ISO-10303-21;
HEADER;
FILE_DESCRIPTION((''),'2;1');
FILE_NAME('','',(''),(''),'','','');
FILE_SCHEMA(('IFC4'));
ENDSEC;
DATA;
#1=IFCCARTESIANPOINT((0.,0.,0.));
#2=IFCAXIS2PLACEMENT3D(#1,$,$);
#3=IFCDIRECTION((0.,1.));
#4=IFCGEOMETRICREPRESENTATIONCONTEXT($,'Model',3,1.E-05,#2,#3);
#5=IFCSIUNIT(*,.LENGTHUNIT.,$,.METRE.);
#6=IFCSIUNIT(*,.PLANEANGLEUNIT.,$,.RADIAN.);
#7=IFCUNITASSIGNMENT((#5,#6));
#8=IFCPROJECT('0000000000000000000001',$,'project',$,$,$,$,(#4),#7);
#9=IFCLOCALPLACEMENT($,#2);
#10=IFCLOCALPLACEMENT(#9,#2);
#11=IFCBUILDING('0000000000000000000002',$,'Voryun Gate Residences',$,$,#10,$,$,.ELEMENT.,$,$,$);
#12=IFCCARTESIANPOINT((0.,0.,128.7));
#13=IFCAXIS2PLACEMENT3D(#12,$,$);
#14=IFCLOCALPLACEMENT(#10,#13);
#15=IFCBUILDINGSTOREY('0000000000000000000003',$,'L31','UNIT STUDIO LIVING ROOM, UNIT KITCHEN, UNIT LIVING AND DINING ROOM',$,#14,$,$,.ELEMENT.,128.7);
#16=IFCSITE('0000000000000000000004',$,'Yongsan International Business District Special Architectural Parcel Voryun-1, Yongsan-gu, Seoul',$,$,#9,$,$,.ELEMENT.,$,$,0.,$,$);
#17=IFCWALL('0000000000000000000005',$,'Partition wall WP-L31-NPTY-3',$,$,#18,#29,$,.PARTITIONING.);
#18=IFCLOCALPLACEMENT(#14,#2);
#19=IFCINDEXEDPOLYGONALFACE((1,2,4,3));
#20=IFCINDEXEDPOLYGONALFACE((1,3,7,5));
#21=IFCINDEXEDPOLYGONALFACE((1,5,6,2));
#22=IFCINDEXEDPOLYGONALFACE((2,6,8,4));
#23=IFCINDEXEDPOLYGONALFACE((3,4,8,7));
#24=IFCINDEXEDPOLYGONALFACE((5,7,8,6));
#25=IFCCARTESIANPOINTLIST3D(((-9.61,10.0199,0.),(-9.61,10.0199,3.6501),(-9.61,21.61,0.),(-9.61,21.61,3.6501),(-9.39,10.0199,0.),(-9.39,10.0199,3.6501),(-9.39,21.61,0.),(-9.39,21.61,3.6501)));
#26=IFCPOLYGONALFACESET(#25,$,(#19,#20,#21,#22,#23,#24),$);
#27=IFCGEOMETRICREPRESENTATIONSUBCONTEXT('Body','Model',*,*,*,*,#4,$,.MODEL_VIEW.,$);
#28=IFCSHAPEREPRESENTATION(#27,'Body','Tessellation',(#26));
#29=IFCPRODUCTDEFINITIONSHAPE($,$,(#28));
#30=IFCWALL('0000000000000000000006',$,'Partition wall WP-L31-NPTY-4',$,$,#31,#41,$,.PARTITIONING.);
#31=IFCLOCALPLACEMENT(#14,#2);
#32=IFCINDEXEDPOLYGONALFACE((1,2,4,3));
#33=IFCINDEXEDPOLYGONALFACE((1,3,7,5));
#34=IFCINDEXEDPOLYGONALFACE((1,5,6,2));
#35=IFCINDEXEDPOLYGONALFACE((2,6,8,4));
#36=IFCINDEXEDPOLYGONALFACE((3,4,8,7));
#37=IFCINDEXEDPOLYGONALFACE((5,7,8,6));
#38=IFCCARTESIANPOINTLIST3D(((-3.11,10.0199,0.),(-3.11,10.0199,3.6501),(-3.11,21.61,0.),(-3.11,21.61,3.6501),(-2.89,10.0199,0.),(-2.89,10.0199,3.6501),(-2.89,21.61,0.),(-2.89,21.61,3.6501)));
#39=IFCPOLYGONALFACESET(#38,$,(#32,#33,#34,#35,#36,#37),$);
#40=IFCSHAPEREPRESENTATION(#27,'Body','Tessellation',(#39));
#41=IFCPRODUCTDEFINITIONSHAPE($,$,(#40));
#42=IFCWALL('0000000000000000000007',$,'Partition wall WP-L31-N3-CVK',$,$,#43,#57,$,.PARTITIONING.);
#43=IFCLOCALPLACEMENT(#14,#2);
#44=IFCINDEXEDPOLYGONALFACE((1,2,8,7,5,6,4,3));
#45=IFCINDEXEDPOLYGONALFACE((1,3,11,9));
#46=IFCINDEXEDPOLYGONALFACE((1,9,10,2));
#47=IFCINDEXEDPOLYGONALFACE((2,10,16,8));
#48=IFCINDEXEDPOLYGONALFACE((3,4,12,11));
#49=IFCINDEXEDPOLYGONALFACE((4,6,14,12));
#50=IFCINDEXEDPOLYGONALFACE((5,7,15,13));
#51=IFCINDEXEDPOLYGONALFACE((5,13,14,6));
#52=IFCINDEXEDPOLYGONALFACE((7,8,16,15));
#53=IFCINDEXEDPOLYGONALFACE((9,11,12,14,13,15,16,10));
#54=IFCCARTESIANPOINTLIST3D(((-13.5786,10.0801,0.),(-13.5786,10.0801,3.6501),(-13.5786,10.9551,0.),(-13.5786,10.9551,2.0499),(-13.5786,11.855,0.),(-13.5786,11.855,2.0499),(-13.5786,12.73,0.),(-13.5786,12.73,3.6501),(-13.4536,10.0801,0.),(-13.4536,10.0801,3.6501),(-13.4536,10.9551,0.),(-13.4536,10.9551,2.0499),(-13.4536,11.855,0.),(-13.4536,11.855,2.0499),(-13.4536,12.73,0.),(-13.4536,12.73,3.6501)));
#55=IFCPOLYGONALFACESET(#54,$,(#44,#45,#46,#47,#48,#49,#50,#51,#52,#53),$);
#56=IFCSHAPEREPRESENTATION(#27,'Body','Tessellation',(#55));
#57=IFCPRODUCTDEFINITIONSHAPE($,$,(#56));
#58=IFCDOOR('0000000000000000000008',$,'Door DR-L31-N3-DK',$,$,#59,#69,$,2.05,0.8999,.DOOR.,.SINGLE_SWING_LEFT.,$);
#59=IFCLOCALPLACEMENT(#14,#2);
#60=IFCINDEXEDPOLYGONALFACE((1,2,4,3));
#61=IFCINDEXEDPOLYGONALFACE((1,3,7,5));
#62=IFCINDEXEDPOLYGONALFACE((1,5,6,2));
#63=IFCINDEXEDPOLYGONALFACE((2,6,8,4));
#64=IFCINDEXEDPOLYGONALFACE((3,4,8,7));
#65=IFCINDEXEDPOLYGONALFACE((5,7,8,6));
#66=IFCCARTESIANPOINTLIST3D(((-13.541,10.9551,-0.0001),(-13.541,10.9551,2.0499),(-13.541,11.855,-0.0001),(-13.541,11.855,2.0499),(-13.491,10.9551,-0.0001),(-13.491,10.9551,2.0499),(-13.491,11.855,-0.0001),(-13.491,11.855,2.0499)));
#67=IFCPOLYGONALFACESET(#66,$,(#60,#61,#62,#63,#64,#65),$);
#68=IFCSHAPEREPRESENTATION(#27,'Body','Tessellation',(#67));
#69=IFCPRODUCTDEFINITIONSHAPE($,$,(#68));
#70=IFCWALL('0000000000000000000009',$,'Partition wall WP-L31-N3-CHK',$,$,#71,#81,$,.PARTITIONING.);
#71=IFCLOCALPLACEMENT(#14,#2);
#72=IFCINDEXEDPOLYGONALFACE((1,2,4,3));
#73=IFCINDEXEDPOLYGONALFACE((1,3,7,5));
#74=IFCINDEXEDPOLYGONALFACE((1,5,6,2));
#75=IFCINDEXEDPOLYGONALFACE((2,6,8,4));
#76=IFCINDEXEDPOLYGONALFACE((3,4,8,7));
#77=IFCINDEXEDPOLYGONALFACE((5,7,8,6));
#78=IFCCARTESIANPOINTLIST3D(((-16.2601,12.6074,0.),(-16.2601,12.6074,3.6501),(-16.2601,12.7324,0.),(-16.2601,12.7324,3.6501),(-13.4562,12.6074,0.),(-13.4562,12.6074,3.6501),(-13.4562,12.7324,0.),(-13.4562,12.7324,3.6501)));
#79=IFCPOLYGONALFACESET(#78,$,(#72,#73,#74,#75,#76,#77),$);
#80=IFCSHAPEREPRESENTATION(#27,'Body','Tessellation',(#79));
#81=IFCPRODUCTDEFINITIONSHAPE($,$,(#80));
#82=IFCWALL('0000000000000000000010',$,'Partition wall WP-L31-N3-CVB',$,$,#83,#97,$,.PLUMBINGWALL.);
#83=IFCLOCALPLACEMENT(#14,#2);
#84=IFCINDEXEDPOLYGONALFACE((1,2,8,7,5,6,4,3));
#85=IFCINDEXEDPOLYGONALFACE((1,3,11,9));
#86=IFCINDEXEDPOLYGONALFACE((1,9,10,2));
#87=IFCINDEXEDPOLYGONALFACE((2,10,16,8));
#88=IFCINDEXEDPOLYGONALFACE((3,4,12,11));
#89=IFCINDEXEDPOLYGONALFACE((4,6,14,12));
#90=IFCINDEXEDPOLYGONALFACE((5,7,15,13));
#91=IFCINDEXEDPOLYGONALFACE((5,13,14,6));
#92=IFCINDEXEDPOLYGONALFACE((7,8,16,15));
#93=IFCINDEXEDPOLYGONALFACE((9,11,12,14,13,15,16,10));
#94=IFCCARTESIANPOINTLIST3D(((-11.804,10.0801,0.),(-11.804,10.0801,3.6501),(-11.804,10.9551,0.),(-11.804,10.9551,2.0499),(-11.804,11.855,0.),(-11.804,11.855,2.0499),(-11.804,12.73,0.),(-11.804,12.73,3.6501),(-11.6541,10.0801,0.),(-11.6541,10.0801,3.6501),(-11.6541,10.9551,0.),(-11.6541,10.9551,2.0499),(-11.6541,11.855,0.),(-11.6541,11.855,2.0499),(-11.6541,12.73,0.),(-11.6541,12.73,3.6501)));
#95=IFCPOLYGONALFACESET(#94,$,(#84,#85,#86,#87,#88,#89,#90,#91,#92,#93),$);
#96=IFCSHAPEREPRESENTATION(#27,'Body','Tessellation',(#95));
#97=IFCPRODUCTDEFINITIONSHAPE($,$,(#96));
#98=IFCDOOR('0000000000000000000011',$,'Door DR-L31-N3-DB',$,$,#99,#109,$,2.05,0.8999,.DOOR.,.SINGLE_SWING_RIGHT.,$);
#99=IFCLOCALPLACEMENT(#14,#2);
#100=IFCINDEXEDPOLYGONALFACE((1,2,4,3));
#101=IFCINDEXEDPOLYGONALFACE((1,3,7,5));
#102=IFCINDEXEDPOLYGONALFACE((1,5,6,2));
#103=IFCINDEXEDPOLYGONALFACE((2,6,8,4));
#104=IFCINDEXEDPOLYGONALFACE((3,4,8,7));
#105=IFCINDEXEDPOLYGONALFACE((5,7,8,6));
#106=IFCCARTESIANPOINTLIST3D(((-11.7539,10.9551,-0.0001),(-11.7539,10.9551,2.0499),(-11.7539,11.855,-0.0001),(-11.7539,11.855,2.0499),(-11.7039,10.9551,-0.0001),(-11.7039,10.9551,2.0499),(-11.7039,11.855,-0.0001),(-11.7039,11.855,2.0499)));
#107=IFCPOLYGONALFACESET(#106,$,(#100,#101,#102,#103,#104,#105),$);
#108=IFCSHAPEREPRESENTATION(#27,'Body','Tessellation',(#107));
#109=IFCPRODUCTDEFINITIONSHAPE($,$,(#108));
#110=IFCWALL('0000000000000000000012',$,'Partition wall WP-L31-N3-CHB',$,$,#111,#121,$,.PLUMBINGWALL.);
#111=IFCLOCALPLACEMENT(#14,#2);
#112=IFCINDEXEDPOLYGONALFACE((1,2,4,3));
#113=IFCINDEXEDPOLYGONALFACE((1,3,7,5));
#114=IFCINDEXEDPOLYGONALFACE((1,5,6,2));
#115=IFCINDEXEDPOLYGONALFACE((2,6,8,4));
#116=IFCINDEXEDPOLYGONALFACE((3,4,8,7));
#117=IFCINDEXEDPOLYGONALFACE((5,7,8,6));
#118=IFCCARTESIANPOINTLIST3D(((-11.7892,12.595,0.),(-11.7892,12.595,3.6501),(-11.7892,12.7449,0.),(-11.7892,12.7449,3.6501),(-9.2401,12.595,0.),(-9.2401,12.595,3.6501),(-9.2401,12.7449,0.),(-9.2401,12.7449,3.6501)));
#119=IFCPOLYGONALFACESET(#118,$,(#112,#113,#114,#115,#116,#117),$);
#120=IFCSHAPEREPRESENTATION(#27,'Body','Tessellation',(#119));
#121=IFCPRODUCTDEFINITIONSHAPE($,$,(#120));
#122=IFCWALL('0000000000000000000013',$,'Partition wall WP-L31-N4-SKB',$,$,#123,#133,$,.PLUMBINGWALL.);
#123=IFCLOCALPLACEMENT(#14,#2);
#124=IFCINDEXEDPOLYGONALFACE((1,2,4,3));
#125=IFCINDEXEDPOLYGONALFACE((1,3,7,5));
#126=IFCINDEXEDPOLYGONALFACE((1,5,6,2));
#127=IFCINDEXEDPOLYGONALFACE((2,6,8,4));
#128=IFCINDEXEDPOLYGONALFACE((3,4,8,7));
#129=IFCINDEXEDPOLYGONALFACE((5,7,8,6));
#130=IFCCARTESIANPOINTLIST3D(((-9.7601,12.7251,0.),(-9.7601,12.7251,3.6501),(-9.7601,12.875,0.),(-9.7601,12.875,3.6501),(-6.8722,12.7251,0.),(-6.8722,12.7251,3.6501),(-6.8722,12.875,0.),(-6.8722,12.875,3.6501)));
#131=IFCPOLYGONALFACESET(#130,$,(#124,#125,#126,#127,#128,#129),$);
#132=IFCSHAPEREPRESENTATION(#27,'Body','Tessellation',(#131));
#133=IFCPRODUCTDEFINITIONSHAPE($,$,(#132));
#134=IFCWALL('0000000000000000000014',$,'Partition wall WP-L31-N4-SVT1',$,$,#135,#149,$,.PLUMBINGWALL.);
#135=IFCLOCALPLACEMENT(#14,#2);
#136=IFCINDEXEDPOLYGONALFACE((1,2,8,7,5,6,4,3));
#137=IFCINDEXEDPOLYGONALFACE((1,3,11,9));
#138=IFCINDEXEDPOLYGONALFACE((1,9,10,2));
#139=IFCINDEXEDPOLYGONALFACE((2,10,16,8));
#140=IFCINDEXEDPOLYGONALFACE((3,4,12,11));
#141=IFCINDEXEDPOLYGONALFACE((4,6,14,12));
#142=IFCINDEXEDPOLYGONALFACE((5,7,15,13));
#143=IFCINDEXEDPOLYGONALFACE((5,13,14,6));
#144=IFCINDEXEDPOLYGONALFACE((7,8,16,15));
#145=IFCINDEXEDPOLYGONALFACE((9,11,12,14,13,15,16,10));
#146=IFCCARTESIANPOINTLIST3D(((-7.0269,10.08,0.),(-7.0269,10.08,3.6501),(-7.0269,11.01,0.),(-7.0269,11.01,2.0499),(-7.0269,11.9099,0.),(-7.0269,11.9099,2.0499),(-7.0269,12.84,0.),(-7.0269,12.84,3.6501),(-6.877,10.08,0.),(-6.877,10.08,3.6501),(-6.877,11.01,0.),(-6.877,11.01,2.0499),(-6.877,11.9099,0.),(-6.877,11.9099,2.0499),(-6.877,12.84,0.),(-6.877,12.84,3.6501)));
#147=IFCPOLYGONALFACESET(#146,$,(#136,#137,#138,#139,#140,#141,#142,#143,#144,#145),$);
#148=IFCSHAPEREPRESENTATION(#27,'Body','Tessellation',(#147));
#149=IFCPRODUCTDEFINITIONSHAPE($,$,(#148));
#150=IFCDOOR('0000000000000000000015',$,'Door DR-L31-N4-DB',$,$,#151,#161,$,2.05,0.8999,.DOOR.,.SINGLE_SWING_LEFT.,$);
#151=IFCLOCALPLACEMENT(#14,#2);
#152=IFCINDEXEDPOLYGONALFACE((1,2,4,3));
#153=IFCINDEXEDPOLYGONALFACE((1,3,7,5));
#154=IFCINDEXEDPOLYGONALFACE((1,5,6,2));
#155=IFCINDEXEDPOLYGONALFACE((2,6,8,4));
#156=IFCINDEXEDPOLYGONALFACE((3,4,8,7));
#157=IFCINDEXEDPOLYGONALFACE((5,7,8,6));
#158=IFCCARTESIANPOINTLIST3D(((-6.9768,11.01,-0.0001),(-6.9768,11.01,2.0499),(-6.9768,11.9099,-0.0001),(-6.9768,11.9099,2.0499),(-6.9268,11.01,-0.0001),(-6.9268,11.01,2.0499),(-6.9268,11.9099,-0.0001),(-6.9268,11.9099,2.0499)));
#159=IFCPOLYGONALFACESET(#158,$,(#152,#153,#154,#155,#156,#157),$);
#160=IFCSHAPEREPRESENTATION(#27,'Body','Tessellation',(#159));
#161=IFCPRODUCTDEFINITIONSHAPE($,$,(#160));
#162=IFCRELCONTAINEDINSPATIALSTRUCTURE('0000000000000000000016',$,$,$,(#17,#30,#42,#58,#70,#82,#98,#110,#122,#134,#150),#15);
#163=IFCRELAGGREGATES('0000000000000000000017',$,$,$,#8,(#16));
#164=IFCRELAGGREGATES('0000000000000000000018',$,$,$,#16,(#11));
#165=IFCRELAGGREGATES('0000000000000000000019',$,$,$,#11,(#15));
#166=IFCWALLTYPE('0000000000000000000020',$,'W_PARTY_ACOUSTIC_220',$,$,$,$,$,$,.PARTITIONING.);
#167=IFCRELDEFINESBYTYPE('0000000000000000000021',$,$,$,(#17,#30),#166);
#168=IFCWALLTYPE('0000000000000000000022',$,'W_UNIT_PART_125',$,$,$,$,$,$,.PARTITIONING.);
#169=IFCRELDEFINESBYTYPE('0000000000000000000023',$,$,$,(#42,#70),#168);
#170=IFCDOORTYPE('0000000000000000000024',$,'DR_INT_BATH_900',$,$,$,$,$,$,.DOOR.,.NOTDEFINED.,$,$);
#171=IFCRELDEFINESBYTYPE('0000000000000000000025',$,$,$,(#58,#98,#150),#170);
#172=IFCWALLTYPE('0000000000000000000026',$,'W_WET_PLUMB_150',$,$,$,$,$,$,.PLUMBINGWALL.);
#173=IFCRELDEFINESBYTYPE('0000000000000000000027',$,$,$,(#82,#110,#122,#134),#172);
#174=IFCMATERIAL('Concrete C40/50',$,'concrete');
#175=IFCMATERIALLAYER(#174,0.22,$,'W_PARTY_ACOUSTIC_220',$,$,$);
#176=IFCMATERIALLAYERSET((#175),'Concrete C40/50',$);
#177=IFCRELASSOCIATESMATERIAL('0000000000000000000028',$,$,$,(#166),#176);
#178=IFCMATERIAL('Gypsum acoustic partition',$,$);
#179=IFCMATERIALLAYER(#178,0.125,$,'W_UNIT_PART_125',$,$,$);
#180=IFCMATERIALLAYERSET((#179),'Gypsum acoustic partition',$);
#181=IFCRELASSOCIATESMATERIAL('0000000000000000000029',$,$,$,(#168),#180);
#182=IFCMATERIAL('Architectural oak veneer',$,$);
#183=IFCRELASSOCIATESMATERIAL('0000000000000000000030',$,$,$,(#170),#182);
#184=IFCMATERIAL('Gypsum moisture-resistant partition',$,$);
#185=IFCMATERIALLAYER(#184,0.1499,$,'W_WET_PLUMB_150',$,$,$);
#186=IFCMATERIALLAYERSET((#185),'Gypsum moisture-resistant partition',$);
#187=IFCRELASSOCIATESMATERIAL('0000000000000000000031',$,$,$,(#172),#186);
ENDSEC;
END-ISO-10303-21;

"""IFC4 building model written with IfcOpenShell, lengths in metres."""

from ifc_helpers import new_model, si_unit, direction, frame, frame_2d, origin, place, context, subcontext, project, spatial, rectangle, extrude, material, layer, layer_set, type_object, element, fill, save


model = new_model("IFC4")

# Units and contexts
model_context = context("Model", 3, precision=1e-05, world=origin(), true_north=direction((0.0, 1.0)))
body_context = subcontext(model_context, "Body", "Model", "MODEL_VIEW")
ifc_project = project(units=[si_unit("LENGTHUNIT", "METRE"), si_unit("PLANEANGLEUNIT", "RADIAN")], contexts=[model_context])

# Site, building, storey
site_placement = place(None, origin())
site = spatial("IfcSite", under=ifc_project, at=site_placement, Name="Yongsan International Business District Special Architectural Parcel Voryun-1, Yongsan-gu, Seoul", CompositionType="ELEMENT", RefElevation=0.0)
building_placement = place(site_placement, origin())
building = spatial("IfcBuilding", under=site, at=building_placement, Name="Voryun Gate Residences", CompositionType="ELEMENT")
storey_placement = place(building_placement, frame((0.0, 0.0, 128.7)))
storey = spatial("IfcBuildingStorey", under=building, at=storey_placement, Name="L31", Description="UNIT STUDIO LIVING ROOM, UNIT KITCHEN, UNIT LIVING AND DINING ROOM", CompositionType="ELEMENT", Elevation=128.7)

# Walls
ifc_material_1 = material(Name="Concrete C40/50", Category="concrete")
ifc_layer_1 = layer(ifc_material_1, 0.22, Name="W_PARTY_ACOUSTIC_220")
ifc_layer_set_1 = layer_set([ifc_layer_1], Name="Concrete C40/50")
wall_type_1 = type_object("IfcWallType", Name="W_PARTY_ACOUSTIC_220", PredefinedType="PARTITIONING", material=ifc_layer_set_1)
for number, where, z_axis, x_axis, name in (
    (1, (-9.5, 10.02, 0.0), (0.0, 0.0, 1.0), (0.0, 1.0, 0.0), "Partition wall WP-L31-NPTY-3"),
    (2, (-3.0, 10.02, 0.0), (0.0, 0.0, 1.0), (0.0, 1.0, 0.0), "Partition wall WP-L31-NPTY-4"),
):
    element("IfcWall", number, at=place(storey_placement, frame(where, z_axis=z_axis, x_axis=x_axis)), inside=storey, type_object=wall_type_1, Name=name, PredefinedType="PARTITIONING", context=body_context, shape_type="SweptSolid", body=[
        extrude(rectangle(XDim=11.5901, YDim=0.22, at=frame_2d((5.7949, 0.0))), origin(), (0.0, 0.0, 1.0), 3.6501),
    ])

# Wall, opening, door
ifc_material_2 = material(Name="Gypsum acoustic partition")
ifc_layer_2 = layer(ifc_material_2, 0.125, Name="W_UNIT_PART_125")
ifc_layer_set_2 = layer_set([ifc_layer_2], Name="Gypsum acoustic partition")
wall_type_2 = type_object("IfcWallType", Name="W_UNIT_PART_125", PredefinedType="PARTITIONING", material=ifc_layer_set_2)
wall_1_placement = place(storey_placement, frame((-13.5161, 10.0801, 0.0), z_axis=(0.0, 0.0, 1.0), x_axis=(0.0, 1.0, 0.0)))
wall_1 = element("IfcWall", 3, at=wall_1_placement, inside=storey, type_object=wall_type_2, Name="Partition wall WP-L31-N3-CVK", PredefinedType="PARTITIONING", context=body_context, shape_type="SweptSolid", body=[
    extrude(rectangle(XDim=2.6499, YDim=0.125, at=frame_2d((1.325, 0.0))), origin(), (0.0, 0.0, 1.0), 3.6501),
])
opening_1_placement = place(wall_1_placement, frame((0.875, 0.0, 0.0)))
opening_1 = element("IfcOpeningElement", 4, at=opening_1_placement, cuts=wall_1, PredefinedType="OPENING", context=body_context, shape_type="SweptSolid", body=[
    extrude(rectangle(XDim=0.8999, YDim=2.05, at=frame_2d((0.45, 1.0249))), frame((0.0, 0.0725, 0.0), z_axis=(0.0, -1.0, 0.0), x_axis=(1.0, 0.0, 0.0)), (0.0, 0.0, 1.0), 0.145),
])
ifc_material_3 = material(Name="Architectural oak veneer")
door_type_1 = type_object("IfcDoorType", Name="DR_INT_BATH_900", OperationType="NOTDEFINED", PredefinedType="DOOR", material=ifc_material_3)
door_1_placement = place(opening_1_placement, origin())
door_1 = element("IfcDoor", 5, at=door_1_placement, inside=storey, type_object=door_type_1, Name="Door DR-L31-N3-DK", OperationType="SINGLE_SWING_LEFT", OverallHeight=2.05, OverallWidth=0.8999, PredefinedType="DOOR", context=body_context, shape_type="SweptSolid", body=[
    extrude(rectangle(XDim=0.8999, YDim=2.05, at=frame_2d((0.45, 1.0249))), frame((0.0, 0.0249, 0.0), z_axis=(0.0, -1.0, 0.0), x_axis=(1.0, 0.0, 0.0)), (0.0, 0.0, 1.0), 0.05),
])
fill(opening_1, door_1)

# Wall
wall_2_placement = place(storey_placement, frame((-16.26, 12.6699, 0.0), z_axis=(0.0, 0.0, 1.0), x_axis=(1.0, 0.0, 0.0)))
element("IfcWall", 6, at=wall_2_placement, inside=storey, type_object=wall_type_2, Name="Partition wall WP-L31-N3-CHK", PredefinedType="PARTITIONING", context=body_context, shape_type="SweptSolid", body=[
    extrude(rectangle(XDim=2.804, YDim=0.125, at=frame_2d((1.4019, 0.0))), origin(), (0.0, 0.0, 1.0), 3.6501),
])

# Wall, opening, door
ifc_material_4 = material(Name="Gypsum moisture-resistant partition")
ifc_layer_3 = layer(ifc_material_4, 0.1499, Name="W_WET_PLUMB_150")
ifc_layer_set_3 = layer_set([ifc_layer_3], Name="Gypsum moisture-resistant partition")
wall_type_3 = type_object("IfcWallType", Name="W_WET_PLUMB_150", PredefinedType="PLUMBINGWALL", material=ifc_layer_set_3)
wall_3_placement = place(storey_placement, frame((-11.729, 10.0801, 0.0), z_axis=(0.0, 0.0, 1.0), x_axis=(0.0, 1.0, 0.0)))
wall_3 = element("IfcWall", 7, at=wall_3_placement, inside=storey, type_object=wall_type_3, Name="Partition wall WP-L31-N3-CVB", PredefinedType="PLUMBINGWALL", context=body_context, shape_type="SweptSolid", body=[
    extrude(rectangle(XDim=2.6499, YDim=0.1499, at=frame_2d((1.325, 0.0))), origin(), (0.0, 0.0, 1.0), 3.6501),
])
opening_2_placement = place(wall_3_placement, frame((0.875, 0.0, 0.0)))
opening_2 = element("IfcOpeningElement", 8, at=opening_2_placement, cuts=wall_3, PredefinedType="OPENING", context=body_context, shape_type="SweptSolid", body=[
    extrude(rectangle(XDim=0.8999, YDim=2.05, at=frame_2d((0.45, 1.0249))), frame((0.0, 0.085, 0.0), z_axis=(0.0, -1.0, 0.0), x_axis=(1.0, 0.0, 0.0)), (0.0, 0.0, 1.0), 0.1699),
])
door_2_placement = place(opening_2_placement, origin())
door_2 = element("IfcDoor", 9, at=door_2_placement, inside=storey, type_object=door_type_1, Name="Door DR-L31-N3-DB", OperationType="SINGLE_SWING_RIGHT", OverallHeight=2.05, OverallWidth=0.8999, PredefinedType="DOOR", context=body_context, shape_type="SweptSolid", body=[
    extrude(rectangle(XDim=0.8999, YDim=2.05, at=frame_2d((0.45, 1.0249))), frame((0.0, 0.0249, 0.0), z_axis=(0.0, -1.0, 0.0), x_axis=(1.0, 0.0, 0.0)), (0.0, 0.0, 1.0), 0.05),
])
fill(opening_2, door_2)

# Walls
wall_4_placement = place(storey_placement, frame((-11.7891, 12.6699, 0.0), z_axis=(0.0, 0.0, 1.0), x_axis=(1.0, 0.0, 0.0)))
element("IfcWall", 10, at=wall_4_placement, inside=storey, type_object=wall_type_3, Name="Partition wall WP-L31-N3-CHB", PredefinedType="PLUMBINGWALL", context=body_context, shape_type="SweptSolid", body=[
    extrude(rectangle(XDim=2.5491, YDim=0.1499, at=frame_2d((1.2744, 0.0))), origin(), (0.0, 0.0, 1.0), 3.6501),
])
wall_5_placement = place(storey_placement, frame((-9.76, 12.8, 0.0), z_axis=(0.0, 0.0, 1.0), x_axis=(1.0, 0.0, 0.0)))
element("IfcWall", 11, at=wall_5_placement, inside=storey, type_object=wall_type_3, Name="Partition wall WP-L31-N4-SKB", PredefinedType="PLUMBINGWALL", context=body_context, shape_type="SweptSolid", body=[
    extrude(rectangle(XDim=2.8879, YDim=0.1499, at=frame_2d((1.4438, 0.0))), origin(), (0.0, 0.0, 1.0), 3.6501),
])

# Wall, opening, door
wall_6_placement = place(storey_placement, frame((-6.9519, 10.0801, 0.0), z_axis=(0.0, 0.0, 1.0), x_axis=(0.0, 1.0, 0.0)))
wall_6 = element("IfcWall", 12, at=wall_6_placement, inside=storey, type_object=wall_type_3, Name="Partition wall WP-L31-N4-SVT1", PredefinedType="PLUMBINGWALL", context=body_context, shape_type="SweptSolid", body=[
    extrude(rectangle(XDim=2.76, YDim=0.1499, at=frame_2d((1.3799, 0.0))), origin(), (0.0, 0.0, 1.0), 3.6501),
])
opening_3_placement = place(wall_6_placement, frame((0.9299, 0.0, 0.0)))
opening_3 = element("IfcOpeningElement", 13, at=opening_3_placement, cuts=wall_6, PredefinedType="OPENING", context=body_context, shape_type="SweptSolid", body=[
    extrude(rectangle(XDim=0.8999, YDim=2.05, at=frame_2d((0.45, 1.0249))), frame((0.0, 0.085, 0.0), z_axis=(0.0, -1.0, 0.0), x_axis=(1.0, 0.0, 0.0)), (0.0, 0.0, 1.0), 0.1699),
])
door_3_placement = place(opening_3_placement, origin())
door_3 = element("IfcDoor", 14, at=door_3_placement, inside=storey, type_object=door_type_1, Name="Door DR-L31-N4-DB", OperationType="SINGLE_SWING_LEFT", OverallHeight=2.05, OverallWidth=0.8999, PredefinedType="DOOR", context=body_context, shape_type="SweptSolid", body=[
    extrude(rectangle(XDim=0.8999, YDim=2.05, at=frame_2d((0.45, 1.0249))), frame((0.0, 0.0249, 0.0), z_axis=(0.0, -1.0, 0.0), x_axis=(1.0, 0.0, 0.0)), (0.0, 0.0, 1.0), 0.05),
])
fill(opening_3, door_3)

save(model, "model.ifc")
